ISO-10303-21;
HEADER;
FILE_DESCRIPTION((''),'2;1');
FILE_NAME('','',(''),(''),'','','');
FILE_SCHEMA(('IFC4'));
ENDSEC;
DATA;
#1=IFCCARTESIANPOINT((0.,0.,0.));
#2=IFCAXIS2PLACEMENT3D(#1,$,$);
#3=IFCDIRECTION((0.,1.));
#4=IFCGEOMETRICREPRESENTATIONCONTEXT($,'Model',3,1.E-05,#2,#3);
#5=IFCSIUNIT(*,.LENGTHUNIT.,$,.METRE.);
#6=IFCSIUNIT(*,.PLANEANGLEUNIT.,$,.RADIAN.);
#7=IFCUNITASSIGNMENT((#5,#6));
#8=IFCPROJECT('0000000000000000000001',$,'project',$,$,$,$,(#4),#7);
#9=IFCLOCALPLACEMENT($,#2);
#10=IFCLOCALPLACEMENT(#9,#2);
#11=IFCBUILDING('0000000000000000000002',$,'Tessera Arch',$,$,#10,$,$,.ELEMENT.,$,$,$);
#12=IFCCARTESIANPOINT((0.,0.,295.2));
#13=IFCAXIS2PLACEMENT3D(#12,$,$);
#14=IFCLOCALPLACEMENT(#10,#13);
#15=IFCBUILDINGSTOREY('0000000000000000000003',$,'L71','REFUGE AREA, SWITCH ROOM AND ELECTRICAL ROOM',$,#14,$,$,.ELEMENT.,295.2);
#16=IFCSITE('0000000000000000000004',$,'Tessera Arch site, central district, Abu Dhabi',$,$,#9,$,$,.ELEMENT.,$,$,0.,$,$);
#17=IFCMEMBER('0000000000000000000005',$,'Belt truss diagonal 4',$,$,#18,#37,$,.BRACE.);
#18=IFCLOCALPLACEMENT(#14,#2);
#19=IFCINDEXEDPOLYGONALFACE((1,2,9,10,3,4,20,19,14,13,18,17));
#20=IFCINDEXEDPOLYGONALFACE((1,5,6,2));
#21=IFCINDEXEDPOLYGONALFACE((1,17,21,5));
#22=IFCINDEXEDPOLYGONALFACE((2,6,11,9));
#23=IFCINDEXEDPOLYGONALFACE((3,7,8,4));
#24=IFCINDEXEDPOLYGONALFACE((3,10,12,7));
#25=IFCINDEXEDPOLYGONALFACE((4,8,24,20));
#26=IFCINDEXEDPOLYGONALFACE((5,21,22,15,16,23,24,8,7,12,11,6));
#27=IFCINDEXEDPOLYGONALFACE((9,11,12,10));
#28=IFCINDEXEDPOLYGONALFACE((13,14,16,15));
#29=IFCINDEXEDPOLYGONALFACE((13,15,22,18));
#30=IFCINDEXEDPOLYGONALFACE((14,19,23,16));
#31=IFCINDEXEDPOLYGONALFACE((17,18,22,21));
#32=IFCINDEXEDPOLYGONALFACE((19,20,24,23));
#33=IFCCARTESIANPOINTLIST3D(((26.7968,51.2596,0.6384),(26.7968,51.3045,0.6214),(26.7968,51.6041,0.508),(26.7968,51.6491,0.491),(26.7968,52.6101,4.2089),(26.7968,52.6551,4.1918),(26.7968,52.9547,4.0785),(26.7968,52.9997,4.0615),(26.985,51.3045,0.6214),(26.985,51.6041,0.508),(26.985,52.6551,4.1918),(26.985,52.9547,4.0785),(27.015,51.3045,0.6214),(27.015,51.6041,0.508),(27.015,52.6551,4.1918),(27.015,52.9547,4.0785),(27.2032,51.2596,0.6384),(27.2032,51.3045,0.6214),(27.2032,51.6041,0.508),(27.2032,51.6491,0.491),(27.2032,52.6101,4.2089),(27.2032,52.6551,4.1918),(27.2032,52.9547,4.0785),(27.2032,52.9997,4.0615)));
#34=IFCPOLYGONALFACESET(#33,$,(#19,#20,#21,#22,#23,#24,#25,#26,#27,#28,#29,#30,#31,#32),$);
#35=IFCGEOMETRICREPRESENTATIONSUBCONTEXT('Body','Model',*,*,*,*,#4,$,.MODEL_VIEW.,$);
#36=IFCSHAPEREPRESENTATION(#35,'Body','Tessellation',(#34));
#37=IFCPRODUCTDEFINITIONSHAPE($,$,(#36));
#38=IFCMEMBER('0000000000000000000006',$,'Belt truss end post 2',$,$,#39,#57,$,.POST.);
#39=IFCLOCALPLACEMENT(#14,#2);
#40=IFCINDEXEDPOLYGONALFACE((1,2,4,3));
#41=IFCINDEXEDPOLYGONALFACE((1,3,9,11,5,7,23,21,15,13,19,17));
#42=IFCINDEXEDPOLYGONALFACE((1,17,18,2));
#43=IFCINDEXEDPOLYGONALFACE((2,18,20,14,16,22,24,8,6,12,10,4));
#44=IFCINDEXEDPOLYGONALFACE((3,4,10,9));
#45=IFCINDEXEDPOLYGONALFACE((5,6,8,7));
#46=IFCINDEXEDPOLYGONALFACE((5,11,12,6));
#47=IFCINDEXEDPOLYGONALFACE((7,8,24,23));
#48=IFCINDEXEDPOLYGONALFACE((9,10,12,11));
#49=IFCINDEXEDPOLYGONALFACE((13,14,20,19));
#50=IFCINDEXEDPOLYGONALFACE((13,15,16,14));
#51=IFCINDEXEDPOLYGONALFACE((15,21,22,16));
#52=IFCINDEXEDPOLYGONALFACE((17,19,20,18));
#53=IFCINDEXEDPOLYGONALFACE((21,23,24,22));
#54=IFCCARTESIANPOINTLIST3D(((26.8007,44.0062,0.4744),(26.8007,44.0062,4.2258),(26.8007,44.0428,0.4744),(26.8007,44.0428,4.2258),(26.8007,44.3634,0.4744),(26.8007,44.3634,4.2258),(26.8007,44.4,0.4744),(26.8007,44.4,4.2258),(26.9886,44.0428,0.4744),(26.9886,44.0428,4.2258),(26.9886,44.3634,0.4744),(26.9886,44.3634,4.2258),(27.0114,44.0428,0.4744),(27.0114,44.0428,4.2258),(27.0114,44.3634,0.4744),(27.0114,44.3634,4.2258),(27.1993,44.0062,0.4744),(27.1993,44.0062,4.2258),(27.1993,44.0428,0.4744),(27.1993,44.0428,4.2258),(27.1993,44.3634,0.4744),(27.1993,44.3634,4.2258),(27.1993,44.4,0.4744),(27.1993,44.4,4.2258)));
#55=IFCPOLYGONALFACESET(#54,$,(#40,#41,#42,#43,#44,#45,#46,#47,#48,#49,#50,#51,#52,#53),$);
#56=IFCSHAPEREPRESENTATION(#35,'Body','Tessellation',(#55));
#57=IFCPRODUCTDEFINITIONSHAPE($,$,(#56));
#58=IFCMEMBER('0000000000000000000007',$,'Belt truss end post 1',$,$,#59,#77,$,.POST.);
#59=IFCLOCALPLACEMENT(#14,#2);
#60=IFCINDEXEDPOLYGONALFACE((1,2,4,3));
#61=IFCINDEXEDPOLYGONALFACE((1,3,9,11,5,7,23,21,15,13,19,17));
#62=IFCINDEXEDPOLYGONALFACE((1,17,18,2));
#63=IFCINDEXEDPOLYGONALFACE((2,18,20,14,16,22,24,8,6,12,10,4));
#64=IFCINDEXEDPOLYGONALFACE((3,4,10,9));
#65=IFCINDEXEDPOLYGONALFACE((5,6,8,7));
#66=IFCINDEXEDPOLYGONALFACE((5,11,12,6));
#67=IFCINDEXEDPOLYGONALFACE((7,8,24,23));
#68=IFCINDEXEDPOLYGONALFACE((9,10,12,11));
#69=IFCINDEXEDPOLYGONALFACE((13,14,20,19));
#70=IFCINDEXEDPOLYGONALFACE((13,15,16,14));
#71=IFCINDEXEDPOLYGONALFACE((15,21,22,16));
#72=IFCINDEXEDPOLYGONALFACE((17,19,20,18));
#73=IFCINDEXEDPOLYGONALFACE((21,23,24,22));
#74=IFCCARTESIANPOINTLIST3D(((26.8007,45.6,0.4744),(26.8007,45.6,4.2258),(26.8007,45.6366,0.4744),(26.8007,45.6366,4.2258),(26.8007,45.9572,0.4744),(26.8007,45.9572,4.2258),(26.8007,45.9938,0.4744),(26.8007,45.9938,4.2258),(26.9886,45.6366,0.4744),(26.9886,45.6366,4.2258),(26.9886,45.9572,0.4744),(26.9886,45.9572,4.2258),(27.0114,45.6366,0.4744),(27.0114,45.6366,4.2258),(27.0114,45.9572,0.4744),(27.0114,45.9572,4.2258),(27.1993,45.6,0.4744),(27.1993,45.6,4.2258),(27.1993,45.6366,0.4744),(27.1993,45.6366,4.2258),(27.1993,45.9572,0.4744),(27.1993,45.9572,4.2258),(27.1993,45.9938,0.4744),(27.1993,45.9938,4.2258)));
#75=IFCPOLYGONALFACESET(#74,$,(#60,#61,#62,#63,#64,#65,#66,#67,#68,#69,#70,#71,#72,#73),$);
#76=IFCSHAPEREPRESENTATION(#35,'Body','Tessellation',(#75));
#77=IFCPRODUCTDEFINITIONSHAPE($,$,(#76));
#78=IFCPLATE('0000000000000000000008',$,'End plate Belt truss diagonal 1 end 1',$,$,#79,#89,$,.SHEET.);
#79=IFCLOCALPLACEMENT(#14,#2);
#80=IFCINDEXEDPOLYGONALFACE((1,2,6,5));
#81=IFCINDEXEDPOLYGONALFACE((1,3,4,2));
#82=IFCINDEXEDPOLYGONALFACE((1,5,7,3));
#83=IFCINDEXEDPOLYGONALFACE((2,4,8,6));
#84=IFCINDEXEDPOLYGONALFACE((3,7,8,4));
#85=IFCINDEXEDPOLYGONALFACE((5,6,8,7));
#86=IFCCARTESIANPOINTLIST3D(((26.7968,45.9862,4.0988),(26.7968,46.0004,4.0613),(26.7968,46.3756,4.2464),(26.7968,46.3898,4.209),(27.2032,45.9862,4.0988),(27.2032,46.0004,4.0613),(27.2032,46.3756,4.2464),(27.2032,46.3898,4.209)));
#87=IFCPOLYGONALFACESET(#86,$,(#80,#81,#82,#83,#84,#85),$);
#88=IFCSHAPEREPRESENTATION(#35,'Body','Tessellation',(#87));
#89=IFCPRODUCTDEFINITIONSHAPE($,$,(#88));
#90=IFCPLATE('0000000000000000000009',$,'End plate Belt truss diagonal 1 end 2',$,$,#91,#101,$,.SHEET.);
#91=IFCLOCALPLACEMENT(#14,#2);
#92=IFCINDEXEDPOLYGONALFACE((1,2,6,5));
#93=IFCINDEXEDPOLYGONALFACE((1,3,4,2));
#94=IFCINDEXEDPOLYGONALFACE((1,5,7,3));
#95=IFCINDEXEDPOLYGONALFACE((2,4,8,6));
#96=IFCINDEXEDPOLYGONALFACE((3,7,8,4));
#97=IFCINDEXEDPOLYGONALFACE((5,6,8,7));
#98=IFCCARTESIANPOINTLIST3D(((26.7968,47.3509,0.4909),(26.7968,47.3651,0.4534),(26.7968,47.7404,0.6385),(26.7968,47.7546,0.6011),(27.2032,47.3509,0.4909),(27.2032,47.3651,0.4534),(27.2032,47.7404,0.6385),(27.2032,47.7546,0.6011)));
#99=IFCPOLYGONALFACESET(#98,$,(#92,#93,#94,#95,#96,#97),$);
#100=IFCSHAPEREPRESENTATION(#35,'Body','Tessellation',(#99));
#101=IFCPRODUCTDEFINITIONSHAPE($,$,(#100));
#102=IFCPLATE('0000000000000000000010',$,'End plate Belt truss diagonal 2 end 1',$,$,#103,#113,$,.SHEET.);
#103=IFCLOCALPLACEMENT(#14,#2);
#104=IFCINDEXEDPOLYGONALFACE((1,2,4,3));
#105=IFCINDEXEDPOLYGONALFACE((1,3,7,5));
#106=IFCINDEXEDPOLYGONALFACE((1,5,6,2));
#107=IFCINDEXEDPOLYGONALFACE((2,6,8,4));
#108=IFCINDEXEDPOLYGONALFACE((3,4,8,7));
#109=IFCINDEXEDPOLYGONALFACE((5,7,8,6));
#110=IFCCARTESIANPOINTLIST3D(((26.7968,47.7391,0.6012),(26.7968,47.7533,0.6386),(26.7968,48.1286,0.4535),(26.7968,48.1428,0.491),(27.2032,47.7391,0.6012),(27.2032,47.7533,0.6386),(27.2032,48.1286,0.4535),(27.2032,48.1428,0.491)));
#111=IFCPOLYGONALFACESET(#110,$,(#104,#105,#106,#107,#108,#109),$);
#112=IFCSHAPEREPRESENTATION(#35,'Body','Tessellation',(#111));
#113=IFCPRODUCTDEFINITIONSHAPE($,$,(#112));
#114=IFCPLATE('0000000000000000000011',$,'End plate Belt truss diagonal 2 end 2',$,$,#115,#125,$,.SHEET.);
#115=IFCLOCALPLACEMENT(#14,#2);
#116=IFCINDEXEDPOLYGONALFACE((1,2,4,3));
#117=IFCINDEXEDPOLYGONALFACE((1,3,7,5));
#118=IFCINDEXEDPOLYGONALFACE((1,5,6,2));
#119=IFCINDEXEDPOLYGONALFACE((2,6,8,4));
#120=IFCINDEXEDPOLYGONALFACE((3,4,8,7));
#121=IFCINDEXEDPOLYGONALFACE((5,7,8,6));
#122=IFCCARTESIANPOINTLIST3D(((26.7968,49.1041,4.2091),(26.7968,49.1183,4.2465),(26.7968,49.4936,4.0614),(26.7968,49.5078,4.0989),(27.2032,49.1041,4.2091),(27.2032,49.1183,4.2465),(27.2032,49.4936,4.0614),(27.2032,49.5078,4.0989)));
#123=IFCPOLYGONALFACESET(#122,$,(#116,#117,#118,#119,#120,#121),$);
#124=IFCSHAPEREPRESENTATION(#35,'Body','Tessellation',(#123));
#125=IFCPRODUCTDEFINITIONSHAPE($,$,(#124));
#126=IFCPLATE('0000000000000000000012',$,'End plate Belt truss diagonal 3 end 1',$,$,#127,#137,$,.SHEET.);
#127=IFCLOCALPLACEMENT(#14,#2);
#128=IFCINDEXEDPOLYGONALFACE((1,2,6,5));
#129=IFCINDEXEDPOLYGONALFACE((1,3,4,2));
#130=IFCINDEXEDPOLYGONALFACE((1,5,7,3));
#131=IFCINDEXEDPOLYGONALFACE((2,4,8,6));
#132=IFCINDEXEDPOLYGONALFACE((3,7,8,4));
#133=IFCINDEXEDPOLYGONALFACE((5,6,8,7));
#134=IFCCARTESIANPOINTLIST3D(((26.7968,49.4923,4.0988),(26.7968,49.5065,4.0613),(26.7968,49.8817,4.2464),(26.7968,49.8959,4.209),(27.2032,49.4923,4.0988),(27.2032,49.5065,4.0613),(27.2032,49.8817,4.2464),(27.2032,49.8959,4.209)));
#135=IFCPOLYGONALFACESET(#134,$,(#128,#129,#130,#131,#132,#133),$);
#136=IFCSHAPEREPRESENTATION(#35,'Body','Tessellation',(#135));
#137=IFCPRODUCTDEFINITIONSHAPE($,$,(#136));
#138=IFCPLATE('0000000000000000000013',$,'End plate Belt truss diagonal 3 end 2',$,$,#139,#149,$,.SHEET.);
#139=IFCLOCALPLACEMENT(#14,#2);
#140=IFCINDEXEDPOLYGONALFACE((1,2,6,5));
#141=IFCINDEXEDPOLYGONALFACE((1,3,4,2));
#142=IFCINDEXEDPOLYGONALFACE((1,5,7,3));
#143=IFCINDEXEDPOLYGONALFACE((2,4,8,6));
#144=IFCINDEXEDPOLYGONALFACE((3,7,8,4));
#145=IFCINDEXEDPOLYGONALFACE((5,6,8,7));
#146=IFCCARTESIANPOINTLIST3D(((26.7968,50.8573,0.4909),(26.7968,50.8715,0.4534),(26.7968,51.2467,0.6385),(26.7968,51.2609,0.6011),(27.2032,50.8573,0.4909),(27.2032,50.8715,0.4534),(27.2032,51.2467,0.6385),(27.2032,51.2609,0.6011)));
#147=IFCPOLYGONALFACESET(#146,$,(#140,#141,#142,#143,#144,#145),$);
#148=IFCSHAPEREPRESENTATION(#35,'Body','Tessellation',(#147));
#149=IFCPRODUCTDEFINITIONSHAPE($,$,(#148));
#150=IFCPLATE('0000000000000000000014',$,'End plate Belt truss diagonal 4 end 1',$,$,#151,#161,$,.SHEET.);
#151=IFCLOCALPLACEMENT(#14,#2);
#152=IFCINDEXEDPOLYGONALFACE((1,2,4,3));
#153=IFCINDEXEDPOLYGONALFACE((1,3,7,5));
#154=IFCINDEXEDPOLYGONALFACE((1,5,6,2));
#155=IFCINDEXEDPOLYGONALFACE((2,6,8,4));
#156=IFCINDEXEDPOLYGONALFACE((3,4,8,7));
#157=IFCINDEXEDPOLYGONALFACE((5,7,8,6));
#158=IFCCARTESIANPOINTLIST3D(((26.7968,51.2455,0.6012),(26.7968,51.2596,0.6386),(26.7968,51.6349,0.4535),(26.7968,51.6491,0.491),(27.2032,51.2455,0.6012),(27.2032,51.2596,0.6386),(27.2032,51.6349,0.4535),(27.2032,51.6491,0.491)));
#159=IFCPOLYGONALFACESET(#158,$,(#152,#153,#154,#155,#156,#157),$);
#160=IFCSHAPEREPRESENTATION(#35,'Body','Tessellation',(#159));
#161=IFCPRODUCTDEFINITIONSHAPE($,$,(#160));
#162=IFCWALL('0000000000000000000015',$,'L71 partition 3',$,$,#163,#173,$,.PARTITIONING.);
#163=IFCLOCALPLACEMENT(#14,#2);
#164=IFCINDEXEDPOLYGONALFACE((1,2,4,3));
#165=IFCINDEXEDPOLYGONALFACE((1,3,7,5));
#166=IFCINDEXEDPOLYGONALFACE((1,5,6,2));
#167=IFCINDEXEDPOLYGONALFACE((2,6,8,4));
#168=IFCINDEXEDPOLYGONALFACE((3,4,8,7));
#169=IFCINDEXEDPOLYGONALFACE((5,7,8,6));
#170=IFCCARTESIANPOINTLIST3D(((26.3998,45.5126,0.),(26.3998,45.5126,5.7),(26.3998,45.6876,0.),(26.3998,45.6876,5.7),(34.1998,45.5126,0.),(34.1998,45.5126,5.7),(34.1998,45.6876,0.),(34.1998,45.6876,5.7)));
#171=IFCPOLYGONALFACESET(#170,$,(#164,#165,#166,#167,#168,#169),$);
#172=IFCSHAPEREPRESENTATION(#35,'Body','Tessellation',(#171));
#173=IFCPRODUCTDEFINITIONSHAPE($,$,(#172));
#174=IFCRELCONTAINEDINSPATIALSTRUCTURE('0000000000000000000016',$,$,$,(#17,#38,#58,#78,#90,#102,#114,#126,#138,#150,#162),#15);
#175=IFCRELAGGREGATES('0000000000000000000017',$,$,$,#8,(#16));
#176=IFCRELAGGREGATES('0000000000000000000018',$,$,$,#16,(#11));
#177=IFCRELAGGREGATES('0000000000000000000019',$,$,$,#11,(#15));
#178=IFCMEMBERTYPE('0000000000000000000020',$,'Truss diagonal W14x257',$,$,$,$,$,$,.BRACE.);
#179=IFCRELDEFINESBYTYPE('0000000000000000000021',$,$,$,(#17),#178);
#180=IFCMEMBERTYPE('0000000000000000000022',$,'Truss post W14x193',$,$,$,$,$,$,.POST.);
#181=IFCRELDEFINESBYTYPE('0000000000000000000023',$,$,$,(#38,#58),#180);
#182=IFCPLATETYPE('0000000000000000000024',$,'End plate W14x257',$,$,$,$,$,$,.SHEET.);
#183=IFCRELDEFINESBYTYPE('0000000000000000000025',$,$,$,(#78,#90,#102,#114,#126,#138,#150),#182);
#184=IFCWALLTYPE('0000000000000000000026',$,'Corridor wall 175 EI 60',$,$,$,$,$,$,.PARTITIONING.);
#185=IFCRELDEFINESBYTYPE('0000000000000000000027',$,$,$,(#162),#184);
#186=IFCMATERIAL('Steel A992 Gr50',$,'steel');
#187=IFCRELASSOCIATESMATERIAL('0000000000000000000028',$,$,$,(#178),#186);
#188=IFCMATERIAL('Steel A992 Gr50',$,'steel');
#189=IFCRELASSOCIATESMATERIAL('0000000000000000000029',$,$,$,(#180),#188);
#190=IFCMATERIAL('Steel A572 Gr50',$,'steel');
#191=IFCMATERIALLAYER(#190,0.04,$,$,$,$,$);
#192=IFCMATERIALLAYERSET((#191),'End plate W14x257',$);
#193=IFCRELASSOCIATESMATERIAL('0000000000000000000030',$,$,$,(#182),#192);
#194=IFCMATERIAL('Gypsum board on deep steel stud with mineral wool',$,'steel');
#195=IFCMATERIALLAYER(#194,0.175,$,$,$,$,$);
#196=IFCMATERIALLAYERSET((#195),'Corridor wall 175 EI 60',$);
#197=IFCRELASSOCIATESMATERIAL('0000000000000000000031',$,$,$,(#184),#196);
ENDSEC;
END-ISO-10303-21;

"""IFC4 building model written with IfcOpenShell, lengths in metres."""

from ifc_helpers import new_model, si_unit, direction, frame, frame_2d, origin, origin_2d, place, context, subcontext, project, spatial, rectangle, i_section, extrude, material, layer, layer_set, material_profile, profile_set, type_object, element, save


model = new_model("IFC4")

# Units and contexts
model_context = context("Model", 3, precision=1e-05, world=origin(), true_north=direction((0.0, 1.0)))
body_context = subcontext(model_context, "Body", "Model", "MODEL_VIEW")
ifc_project = project(units=[si_unit("LENGTHUNIT", "METRE"), si_unit("PLANEANGLEUNIT", "RADIAN")], contexts=[model_context])

# Site, building, storey
site_placement = place(None, origin())
site = spatial("IfcSite", under=ifc_project, at=site_placement, Name="Tessera Arch site, central district, Abu Dhabi", CompositionType="ELEMENT", RefElevation=0.0)
building_placement = place(site_placement, origin())
building = spatial("IfcBuilding", under=site, at=building_placement, Name="Tessera Arch", CompositionType="ELEMENT")
storey_placement = place(building_placement, frame((0.0, 0.0, 295.2)))
storey = spatial("IfcBuildingStorey", under=building, at=storey_placement, Name="L71", Description="REFUGE AREA, SWITCH ROOM AND ELECTRICAL ROOM", CompositionType="ELEMENT", Elevation=295.2)

# Members
ifc_material_1 = material(Name="Steel A992 Gr50", Category="steel")
ifc_material_profile_1 = material_profile(ifc_material_1, i_section(OverallWidth=0.4065, OverallDepth=0.4165, WebThickness=0.03, FlangeThickness=0.0481, at=origin_2d()), Name="W14x257")
ifc_profile_set_1 = profile_set([ifc_material_profile_1], Name="Steel A992 Gr50")
member_type_1 = type_object("IfcMemberType", Name="Truss diagonal W14x257", PredefinedType="BRACE", material=ifc_profile_set_1)
member_1_placement = place(storey_placement, frame((27.0, 51.4543, 0.5647), z_axis=(0.0, 0.353792, 0.935324), x_axis=(-1.0, 0.0, 0.0)))
element("IfcMember", 1, at=member_1_placement, inside=storey, type_object=member_type_1, Name="Belt truss diagonal 4", PredefinedType="BRACE", context=body_context, shape_type="SweptSolid", body=[
    extrude(i_section(OverallWidth=0.4065, OverallDepth=0.4165, WebThickness=0.03, FlangeThickness=0.0481, at=origin_2d()), origin(), (0.0, 0.0, 1.0), 3.8174),
])
ifc_material_2 = material(Name="Steel A992 Gr50", Category="steel")
ifc_material_profile_2 = material_profile(ifc_material_2, i_section(OverallWidth=0.3987, OverallDepth=0.3938, WebThickness=0.0227, FlangeThickness=0.0366, at=origin_2d()), Name="W14x193")
ifc_profile_set_2 = profile_set([ifc_material_profile_2], Name="Steel A992 Gr50")
member_type_2 = type_object("IfcMemberType", Name="Truss post W14x193", PredefinedType="POST", material=ifc_profile_set_2)
for number, where, z_axis, x_axis, name in (
    (2, (27.0, 44.2031, 0.4744), (0.0, 0.0, 1.0), (1.0, 0.0, 0.0), "Belt truss end post 2"),
    (3, (27.0, 45.7969, 0.4744), (0.0, 0.0, 1.0), (1.0, 0.0, 0.0), "Belt truss end post 1"),
):
    element("IfcMember", number, at=place(storey_placement, frame(where, z_axis=z_axis, x_axis=x_axis)), inside=storey, type_object=member_type_2, Name=name, PredefinedType="POST", context=body_context, shape_type="SweptSolid", body=[
        extrude(i_section(OverallWidth=0.3987, OverallDepth=0.3938, WebThickness=0.0227, FlangeThickness=0.0366, at=origin_2d()), origin(), (0.0, 0.0, 1.0), 3.7515),
    ])

# Plates
ifc_material_3 = material(Name="Steel A572 Gr50", Category="steel")
ifc_layer_1 = layer(ifc_material_3, 0.04)
ifc_layer_set_1 = layer_set([ifc_layer_1], Name="End plate W14x257")
plate_type = type_object("IfcPlateType", Name="End plate W14x257", PredefinedType="SHEET", material=ifc_layer_set_1)
for number, where, z_axis, x_axis, name in (
    (4, (27.0, 46.1809, 4.1726), (0.0, 0.35447, -0.935067), (-1.0, 0.0, 0.0), "End plate Belt truss diagonal 1 end 1"),
    (5, (27.0, 47.5457, 0.5647), (0.0, 0.35447, -0.935067), (-1.0, 0.0, 0.0), "End plate Belt truss diagonal 1 end 2"),
    (6, (27.0, 47.9338, 0.5273), (0.0, 0.35447, 0.935067), (-1.0, 0.0, 0.0), "End plate Belt truss diagonal 2 end 1"),
    (7, (27.0, 49.2988, 4.1353), (0.0, 0.35447, 0.935067), (-1.0, 0.0, 0.0), "End plate Belt truss diagonal 2 end 2"),
    (8, (27.0, 49.687, 4.1726), (0.0, 0.35447, -0.935067), (-1.0, 0.0, 0.0), "End plate Belt truss diagonal 3 end 1"),
    (9, (27.0, 51.052, 0.5647), (0.0, 0.35447, -0.935067), (-1.0, 0.0, 0.0), "End plate Belt truss diagonal 3 end 2"),
    (10, (27.0, 51.4402, 0.5273), (0.0, 0.35447, 0.935067), (-1.0, 0.0, 0.0), "End plate Belt truss diagonal 4 end 1"),
):
    element("IfcPlate", number, at=place(storey_placement, frame(where, z_axis=z_axis, x_axis=x_axis)), inside=storey, type_object=plate_type, Name=name, PredefinedType="SHEET", context=body_context, shape_type="SweptSolid", body=[
        extrude(rectangle(XDim=0.4065, YDim=0.4165, at=origin_2d()), origin(), (0.0, 0.0, 1.0), 0.04),
    ])

# Wall
ifc_material_4 = material(Name="Gypsum board on deep steel stud with mineral wool", Category="steel")
ifc_layer_2 = layer(ifc_material_4, 0.175)
ifc_layer_set_2 = layer_set([ifc_layer_2], Name="Corridor wall 175 EI 60")
wall_type = type_object("IfcWallType", Name="Corridor wall 175 EI 60", PredefinedType="PARTITIONING", material=ifc_layer_set_2)
wall_placement = place(storey_placement, frame((26.3999, 45.6001, 0.0), z_axis=(0.0, 0.0, 1.0), x_axis=(1.0, 0.0, 0.0)))
element("IfcWall", 11, at=wall_placement, inside=storey, type_object=wall_type, Name="L71 partition 3", PredefinedType="PARTITIONING", context=body_context, shape_type="SweptSolid", body=[
    extrude(rectangle(XDim=7.8, YDim=0.175, at=frame_2d((3.8999, 0.0))), origin(), (0.0, 0.0, 1.0), 5.7),
])

save(model, "model.ifc")
